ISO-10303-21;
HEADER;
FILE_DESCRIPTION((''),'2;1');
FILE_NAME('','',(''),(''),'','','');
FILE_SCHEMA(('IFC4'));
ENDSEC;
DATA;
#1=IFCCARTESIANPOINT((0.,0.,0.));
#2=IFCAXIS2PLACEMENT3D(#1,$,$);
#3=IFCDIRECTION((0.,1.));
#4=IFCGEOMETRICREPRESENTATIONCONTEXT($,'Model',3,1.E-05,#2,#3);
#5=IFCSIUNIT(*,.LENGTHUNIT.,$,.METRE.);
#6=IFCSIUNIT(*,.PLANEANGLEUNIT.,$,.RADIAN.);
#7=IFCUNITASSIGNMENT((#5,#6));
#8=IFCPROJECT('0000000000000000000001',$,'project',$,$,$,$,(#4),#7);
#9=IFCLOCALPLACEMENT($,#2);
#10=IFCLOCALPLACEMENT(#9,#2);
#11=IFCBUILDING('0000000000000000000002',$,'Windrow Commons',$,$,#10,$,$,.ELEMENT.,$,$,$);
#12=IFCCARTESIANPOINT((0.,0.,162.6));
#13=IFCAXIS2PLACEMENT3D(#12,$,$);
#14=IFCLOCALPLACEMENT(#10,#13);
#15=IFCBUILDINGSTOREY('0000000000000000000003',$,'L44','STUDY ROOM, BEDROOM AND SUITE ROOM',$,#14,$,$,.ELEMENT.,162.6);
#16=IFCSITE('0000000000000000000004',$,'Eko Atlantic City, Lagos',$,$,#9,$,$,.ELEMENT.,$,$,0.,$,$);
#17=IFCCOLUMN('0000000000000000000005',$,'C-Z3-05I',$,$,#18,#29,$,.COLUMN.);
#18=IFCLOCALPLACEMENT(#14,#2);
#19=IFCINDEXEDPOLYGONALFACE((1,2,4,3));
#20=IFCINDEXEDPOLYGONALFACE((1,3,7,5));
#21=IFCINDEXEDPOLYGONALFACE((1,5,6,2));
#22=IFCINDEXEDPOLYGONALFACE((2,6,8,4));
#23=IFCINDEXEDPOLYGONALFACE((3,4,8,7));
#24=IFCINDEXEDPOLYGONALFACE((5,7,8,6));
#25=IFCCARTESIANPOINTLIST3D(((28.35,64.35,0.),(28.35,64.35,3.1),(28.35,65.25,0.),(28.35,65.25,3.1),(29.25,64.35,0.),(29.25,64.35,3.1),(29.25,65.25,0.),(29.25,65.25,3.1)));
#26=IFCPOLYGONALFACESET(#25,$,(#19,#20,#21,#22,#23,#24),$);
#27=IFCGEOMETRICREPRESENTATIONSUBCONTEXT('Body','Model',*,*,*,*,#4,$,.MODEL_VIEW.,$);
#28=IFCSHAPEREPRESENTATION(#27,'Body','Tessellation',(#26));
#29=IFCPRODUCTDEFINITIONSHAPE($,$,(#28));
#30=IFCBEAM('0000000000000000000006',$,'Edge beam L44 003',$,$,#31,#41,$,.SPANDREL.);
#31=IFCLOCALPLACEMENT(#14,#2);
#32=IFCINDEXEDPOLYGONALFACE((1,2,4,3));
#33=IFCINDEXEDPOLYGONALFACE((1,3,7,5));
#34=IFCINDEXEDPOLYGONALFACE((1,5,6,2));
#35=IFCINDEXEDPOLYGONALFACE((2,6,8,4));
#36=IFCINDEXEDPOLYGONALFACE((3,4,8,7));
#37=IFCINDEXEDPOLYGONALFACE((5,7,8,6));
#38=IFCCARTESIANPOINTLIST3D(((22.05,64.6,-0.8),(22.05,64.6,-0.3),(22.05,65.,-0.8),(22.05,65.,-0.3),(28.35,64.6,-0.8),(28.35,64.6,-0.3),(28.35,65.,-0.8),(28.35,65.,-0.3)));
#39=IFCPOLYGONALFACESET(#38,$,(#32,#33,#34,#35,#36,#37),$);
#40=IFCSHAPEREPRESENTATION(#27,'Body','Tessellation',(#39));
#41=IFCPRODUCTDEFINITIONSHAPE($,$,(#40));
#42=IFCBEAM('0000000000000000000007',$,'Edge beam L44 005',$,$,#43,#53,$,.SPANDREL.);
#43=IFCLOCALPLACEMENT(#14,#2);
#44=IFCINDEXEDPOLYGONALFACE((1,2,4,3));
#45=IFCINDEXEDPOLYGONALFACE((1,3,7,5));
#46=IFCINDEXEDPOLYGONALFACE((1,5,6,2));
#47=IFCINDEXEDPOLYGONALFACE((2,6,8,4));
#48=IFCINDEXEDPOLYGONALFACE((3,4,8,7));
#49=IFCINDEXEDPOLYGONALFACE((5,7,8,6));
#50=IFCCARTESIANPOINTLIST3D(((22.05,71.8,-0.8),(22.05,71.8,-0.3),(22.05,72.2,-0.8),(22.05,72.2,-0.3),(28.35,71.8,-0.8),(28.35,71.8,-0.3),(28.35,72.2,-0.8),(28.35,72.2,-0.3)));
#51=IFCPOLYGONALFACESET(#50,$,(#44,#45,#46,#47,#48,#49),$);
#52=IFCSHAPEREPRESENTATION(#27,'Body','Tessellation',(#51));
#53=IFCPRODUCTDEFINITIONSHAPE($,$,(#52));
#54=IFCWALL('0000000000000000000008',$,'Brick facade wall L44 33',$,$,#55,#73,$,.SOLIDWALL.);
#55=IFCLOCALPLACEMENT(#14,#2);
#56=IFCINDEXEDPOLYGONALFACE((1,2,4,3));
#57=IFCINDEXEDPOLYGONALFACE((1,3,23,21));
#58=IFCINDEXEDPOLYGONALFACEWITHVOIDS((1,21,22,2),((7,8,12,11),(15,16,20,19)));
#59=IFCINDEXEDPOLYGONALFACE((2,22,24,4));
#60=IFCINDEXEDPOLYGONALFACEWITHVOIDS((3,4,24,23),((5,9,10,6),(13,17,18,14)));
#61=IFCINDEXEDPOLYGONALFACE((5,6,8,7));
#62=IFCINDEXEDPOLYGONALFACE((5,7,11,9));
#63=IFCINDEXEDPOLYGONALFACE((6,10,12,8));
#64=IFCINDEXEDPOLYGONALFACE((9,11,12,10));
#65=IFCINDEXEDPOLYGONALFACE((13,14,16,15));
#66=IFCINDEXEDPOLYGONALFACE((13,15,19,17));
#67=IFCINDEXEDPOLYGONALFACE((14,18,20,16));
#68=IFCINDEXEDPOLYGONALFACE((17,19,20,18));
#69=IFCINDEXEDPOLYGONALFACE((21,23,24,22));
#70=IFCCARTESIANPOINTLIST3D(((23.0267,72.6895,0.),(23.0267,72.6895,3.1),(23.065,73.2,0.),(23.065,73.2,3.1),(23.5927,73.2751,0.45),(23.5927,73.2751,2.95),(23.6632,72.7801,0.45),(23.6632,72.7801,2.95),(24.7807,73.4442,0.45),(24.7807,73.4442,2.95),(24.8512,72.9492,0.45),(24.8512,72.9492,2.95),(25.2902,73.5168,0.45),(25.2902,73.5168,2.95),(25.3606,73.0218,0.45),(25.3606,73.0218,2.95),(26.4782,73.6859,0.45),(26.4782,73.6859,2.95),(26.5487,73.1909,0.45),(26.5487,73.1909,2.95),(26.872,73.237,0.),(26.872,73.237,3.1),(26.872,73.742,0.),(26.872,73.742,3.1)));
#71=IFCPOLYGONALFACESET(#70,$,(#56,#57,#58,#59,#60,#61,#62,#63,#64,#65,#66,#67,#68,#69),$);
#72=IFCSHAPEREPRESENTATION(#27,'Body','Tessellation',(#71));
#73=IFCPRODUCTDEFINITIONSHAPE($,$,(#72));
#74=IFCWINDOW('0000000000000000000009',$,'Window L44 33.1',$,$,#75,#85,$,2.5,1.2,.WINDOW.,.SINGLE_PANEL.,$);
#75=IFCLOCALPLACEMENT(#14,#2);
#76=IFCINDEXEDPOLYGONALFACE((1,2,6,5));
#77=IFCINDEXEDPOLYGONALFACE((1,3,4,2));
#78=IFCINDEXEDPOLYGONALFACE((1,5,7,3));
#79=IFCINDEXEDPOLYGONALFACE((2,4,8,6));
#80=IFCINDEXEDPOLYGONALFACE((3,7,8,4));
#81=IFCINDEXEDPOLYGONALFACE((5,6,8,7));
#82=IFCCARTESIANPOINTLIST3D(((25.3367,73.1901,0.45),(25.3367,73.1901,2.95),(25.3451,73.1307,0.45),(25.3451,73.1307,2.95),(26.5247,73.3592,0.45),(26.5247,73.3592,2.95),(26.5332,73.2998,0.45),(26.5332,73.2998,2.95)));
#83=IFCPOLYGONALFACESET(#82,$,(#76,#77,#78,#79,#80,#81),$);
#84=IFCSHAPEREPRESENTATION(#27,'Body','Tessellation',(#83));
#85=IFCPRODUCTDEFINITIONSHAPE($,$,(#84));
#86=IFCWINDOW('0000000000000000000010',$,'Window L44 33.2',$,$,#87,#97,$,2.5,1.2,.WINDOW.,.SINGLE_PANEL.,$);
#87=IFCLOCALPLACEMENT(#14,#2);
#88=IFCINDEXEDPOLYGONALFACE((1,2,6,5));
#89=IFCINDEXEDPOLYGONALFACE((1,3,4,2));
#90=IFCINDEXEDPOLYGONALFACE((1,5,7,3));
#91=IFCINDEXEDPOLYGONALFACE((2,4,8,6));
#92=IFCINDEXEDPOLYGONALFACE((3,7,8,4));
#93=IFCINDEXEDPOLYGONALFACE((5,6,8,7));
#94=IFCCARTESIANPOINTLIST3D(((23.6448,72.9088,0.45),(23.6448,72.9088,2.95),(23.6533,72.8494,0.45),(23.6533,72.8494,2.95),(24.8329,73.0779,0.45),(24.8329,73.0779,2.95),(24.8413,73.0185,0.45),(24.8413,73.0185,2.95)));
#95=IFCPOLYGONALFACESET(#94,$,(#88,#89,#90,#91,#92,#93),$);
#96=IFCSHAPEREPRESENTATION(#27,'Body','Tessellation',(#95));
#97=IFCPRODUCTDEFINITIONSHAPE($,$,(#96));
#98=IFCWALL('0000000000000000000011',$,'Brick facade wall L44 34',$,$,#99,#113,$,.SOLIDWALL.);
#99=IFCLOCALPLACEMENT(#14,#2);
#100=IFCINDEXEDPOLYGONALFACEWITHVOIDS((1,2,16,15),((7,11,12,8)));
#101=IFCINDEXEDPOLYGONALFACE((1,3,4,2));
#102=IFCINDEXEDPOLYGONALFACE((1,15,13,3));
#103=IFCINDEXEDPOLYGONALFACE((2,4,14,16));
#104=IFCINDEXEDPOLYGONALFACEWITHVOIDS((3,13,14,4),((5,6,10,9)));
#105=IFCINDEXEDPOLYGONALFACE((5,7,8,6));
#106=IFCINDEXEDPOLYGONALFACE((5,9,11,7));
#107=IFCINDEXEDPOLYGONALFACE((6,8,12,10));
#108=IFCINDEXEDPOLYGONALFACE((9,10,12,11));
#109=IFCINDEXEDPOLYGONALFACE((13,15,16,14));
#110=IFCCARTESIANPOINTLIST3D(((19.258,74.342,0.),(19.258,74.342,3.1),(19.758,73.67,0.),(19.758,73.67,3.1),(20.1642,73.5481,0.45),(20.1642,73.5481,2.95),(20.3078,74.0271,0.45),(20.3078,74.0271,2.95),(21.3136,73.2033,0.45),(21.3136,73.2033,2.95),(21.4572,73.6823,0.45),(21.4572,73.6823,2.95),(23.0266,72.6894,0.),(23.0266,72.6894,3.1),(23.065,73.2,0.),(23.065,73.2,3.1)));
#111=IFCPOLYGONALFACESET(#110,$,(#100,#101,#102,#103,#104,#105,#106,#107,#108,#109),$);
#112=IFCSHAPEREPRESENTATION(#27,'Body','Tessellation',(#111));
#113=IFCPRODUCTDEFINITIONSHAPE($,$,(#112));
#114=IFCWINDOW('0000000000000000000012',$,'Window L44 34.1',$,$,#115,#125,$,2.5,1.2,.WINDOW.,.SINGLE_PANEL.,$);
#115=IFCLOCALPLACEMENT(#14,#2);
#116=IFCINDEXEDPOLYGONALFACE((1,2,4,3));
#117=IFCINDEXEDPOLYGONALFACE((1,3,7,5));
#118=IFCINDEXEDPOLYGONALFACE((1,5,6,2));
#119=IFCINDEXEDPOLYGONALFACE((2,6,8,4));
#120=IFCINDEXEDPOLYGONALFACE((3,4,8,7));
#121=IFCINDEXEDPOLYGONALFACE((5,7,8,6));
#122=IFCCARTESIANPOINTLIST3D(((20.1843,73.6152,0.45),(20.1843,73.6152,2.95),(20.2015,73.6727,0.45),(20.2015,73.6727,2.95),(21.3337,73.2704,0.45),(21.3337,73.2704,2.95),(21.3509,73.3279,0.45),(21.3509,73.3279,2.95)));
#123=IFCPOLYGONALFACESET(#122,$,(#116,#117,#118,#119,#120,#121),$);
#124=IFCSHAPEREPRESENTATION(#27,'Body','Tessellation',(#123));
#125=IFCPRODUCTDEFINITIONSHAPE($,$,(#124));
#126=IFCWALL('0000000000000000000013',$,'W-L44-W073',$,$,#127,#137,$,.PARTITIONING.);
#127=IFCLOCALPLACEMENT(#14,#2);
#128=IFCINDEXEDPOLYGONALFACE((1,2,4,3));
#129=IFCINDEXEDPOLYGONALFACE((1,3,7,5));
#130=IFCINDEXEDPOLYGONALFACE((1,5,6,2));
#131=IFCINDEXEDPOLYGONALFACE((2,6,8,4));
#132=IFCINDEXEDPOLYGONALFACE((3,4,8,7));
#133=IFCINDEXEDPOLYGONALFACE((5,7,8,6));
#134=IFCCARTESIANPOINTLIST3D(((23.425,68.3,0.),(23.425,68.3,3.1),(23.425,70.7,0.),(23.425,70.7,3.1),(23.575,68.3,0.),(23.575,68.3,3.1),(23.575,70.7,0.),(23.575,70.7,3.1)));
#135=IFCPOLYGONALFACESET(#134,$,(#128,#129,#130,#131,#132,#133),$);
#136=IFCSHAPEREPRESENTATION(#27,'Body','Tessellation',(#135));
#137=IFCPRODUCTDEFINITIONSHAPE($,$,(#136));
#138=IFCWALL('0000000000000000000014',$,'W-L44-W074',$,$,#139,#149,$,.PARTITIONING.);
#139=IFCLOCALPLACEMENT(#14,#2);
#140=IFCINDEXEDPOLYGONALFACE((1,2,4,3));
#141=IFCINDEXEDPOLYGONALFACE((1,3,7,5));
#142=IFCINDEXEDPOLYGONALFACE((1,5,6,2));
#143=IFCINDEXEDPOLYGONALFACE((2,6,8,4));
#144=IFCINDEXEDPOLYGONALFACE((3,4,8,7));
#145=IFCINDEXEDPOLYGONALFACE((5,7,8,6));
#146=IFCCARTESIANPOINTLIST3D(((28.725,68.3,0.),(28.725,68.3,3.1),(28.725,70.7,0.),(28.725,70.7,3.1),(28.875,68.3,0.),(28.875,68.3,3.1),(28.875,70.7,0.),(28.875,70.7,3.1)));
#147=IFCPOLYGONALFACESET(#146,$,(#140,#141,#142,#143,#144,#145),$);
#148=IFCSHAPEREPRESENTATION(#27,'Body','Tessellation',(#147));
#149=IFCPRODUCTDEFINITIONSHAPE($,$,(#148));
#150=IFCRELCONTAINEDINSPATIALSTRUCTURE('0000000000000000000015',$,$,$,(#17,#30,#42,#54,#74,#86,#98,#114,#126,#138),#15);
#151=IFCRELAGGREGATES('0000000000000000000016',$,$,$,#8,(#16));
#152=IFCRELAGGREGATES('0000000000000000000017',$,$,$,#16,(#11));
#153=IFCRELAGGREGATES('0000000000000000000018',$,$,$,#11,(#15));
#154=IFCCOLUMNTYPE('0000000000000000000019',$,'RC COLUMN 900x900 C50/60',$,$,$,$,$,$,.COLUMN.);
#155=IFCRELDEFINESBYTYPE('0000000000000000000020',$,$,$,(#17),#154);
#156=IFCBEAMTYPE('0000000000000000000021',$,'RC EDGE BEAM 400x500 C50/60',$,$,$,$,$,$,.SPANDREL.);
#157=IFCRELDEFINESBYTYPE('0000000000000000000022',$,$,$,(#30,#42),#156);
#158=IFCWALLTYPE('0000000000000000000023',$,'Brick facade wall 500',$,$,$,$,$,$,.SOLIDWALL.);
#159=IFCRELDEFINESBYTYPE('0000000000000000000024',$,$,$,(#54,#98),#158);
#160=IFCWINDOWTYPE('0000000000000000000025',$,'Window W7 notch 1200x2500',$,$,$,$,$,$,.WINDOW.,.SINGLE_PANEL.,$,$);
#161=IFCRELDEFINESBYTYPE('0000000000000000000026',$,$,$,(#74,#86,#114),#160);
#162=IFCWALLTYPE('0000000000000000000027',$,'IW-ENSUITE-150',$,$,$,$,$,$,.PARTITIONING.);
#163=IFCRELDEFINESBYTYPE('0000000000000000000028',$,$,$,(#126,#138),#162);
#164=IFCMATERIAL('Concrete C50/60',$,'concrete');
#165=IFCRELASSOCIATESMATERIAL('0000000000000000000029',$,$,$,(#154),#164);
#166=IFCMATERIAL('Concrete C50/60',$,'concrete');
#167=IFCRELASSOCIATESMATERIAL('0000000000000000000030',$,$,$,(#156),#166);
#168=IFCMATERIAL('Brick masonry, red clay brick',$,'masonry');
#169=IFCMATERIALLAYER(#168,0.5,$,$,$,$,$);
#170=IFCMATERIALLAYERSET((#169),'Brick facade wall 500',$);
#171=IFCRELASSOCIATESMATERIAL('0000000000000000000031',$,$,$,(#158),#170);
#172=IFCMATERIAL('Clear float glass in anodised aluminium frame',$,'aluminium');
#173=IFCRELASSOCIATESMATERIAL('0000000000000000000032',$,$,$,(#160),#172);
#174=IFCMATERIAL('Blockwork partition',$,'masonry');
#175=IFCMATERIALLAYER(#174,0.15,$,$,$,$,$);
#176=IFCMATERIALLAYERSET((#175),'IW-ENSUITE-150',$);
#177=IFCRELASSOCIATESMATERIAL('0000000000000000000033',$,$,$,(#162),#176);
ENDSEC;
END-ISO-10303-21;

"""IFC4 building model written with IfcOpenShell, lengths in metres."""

from ifc_helpers import new_model, si_unit, direction, frame, frame_2d, origin, origin_2d, place, context, subcontext, project, spatial, polyline, rectangle, outline, extrude, material, layer, layer_set, material_profile, profile_set, type_object, element, fill, save


model = new_model("IFC4")

# Units and contexts
model_context = context("Model", 3, precision=1e-05, world=origin(), true_north=direction((0.0, 1.0)))
body_context = subcontext(model_context, "Body", "Model", "MODEL_VIEW")
ifc_project = project(units=[si_unit("LENGTHUNIT", "METRE"), si_unit("PLANEANGLEUNIT", "RADIAN")], contexts=[model_context])

# Site, building, storey
site_placement = place(None, origin())
site = spatial("IfcSite", under=ifc_project, at=site_placement, Name="Eko Atlantic City, Lagos", CompositionType="ELEMENT", RefElevation=0.0)
building_placement = place(site_placement, origin())
building = spatial("IfcBuilding", under=site, at=building_placement, Name="Windrow Commons", CompositionType="ELEMENT")
storey_placement = place(building_placement, frame((0.0, 0.0, 162.6)))
storey = spatial("IfcBuildingStorey", under=building, at=storey_placement, Name="L44", Description="STUDY ROOM, BEDROOM AND SUITE ROOM", CompositionType="ELEMENT", Elevation=162.6)

# Column
ifc_material_1 = material(Name="Concrete C50/60", Category="concrete")
ifc_material_profile_1 = material_profile(ifc_material_1, rectangle(XDim=0.9, YDim=0.9, at=origin_2d()))
ifc_profile_set_1 = profile_set([ifc_material_profile_1], Name="Concrete C50/60")
column_type = type_object("IfcColumnType", Name="RC COLUMN 900x900 C50/60", PredefinedType="COLUMN", material=ifc_profile_set_1)
column_placement = place(storey_placement, frame((28.8, 64.8, 0.0), z_axis=(0.0, 0.0, 1.0), x_axis=(1.0, 0.0, 0.0)))
element("IfcColumn", 1, at=column_placement, inside=storey, type_object=column_type, Name="C-Z3-05I", PredefinedType="COLUMN", context=body_context, shape_type="SweptSolid", body=[
    extrude(rectangle(XDim=0.9, YDim=0.9, at=origin_2d()), origin(), (0.0, 0.0, 1.0), 3.1),
])

# Beams
ifc_material_2 = material(Name="Concrete C50/60", Category="concrete")
ifc_material_profile_2 = material_profile(ifc_material_2, rectangle(XDim=0.4, YDim=0.5, at=origin_2d()))
ifc_profile_set_2 = profile_set([ifc_material_profile_2], Name="Concrete C50/60")
beam_type = type_object("IfcBeamType", Name="RC EDGE BEAM 400x500 C50/60", PredefinedType="SPANDREL", material=ifc_profile_set_2)
for number, where, z_axis, x_axis, name in (
    (2, (28.35, 64.8, -0.55), (-1.0, 0.0, 0.0), (0.0, -1.0, 0.0), "Edge beam L44 003"),
    (3, (22.05, 72.0, -0.55), (1.0, 0.0, 0.0), (0.0, 1.0, 0.0), "Edge beam L44 005"),
):
    element("IfcBeam", number, at=place(storey_placement, frame(where, z_axis=z_axis, x_axis=x_axis)), inside=storey, type_object=beam_type, Name=name, PredefinedType="SPANDREL", context=body_context, shape_type="SweptSolid", body=[
        extrude(rectangle(XDim=0.4, YDim=0.5, at=origin_2d()), origin(), (0.0, 0.0, 1.0), 6.3),
    ])

# Wall, openings, windows
ifc_material_3 = material(Name="Brick masonry, red clay brick", Category="masonry")
ifc_layer_1 = layer(ifc_material_3, 0.5)
ifc_layer_set_1 = layer_set([ifc_layer_1], Name="Brick facade wall 500")
wall_type_1 = type_object("IfcWallType", Name="Brick facade wall 500", PredefinedType="SOLIDWALL", material=ifc_layer_set_1)
wall_1_placement = place(storey_placement, frame((26.872, 73.4895, 0.0), z_axis=(0.0, 0.0, 1.0), x_axis=(-0.990015, -0.140965, 0.0)))
wall_1 = element("IfcWall", 4, at=wall_1_placement, inside=storey, type_object=wall_type_1, Name="Brick facade wall L44 33", PredefinedType="SOLIDWALL", context=body_context, shape_type="SweptSolid", body=[
    extrude(outline(polyline([(-0.0356, -0.25), (3.8098, -0.25), (3.9197, 0.25), (0.0356, 0.25), (-0.0356, -0.25)])), origin(), (0.0, 0.0, 1.0), 3.1),
])
opening_1_placement = place(wall_1_placement, frame((0.3622, 0.0, 0.45)))
opening_1 = element("IfcOpeningElement", 5, at=opening_1_placement, cuts=wall_1, PredefinedType="OPENING", context=body_context, shape_type="SweptSolid", body=[
    extrude(rectangle(XDim=1.2, YDim=2.5, at=frame_2d((0.6, 1.25))), frame((0.0, 0.26, 0.0), z_axis=(0.0, -1.0, 0.0), x_axis=(1.0, 0.0, 0.0)), (0.0, 0.0, 1.0), 0.52),
])
opening_2_placement = place(wall_1_placement, frame((2.0768, 0.0, 0.45)))
opening_2 = element("IfcOpeningElement", 6, at=opening_2_placement, cuts=wall_1, PredefinedType="OPENING", context=body_context, shape_type="SweptSolid", body=[
    extrude(rectangle(XDim=1.2, YDim=2.5, at=frame_2d((0.6, 1.25))), frame((0.0, 0.26, 0.0), z_axis=(0.0, -1.0, 0.0), x_axis=(1.0, 0.0, 0.0)), (0.0, 0.0, 1.0), 0.52),
])
ifc_material_4 = material(Name="Clear float glass in anodised aluminium frame", Category="aluminium")
window_type = type_object("IfcWindowType", Name="Window W7 notch 1200x2500", PartitioningType="SINGLE_PANEL", PredefinedType="WINDOW", material=ifc_material_4)
window_1_placement = place(opening_1_placement, origin())
window_1 = element("IfcWindow", 7, at=window_1_placement, inside=storey, type_object=window_type, Name="Window L44 33.1", OverallHeight=2.5, OverallWidth=1.2, PartitioningType="SINGLE_PANEL", PredefinedType="WINDOW", context=body_context, shape_type="SweptSolid", body=[
    extrude(rectangle(XDim=1.2, YDim=2.5, at=frame_2d((0.6, 1.25))), frame((0.0, 0.14, 0.0), z_axis=(0.0, -1.0, 0.0), x_axis=(1.0, 0.0, 0.0)), (0.0, 0.0, 1.0), 0.06),
])
fill(opening_1, window_1)
window_2_placement = place(opening_2_placement, origin())
window_2 = element("IfcWindow", 8, at=window_2_placement, inside=storey, type_object=window_type, Name="Window L44 33.2", OverallHeight=2.5, OverallWidth=1.2, PartitioningType="SINGLE_PANEL", PredefinedType="WINDOW", context=body_context, shape_type="SweptSolid", body=[
    extrude(rectangle(XDim=1.2, YDim=2.5, at=frame_2d((0.6, 1.25))), frame((0.0, 0.18, 0.0), z_axis=(0.0, -1.0, 0.0), x_axis=(1.0, 0.0, 0.0)), (0.0, 0.0, 1.0), 0.06),
])
fill(opening_2, window_2)

# Wall, opening, window
wall_2_placement = place(storey_placement, frame((23.0458, 72.9447, 0.0), z_axis=(0.0, 0.0, 1.0), x_axis=(-0.957829, 0.287338, 0.0)))
wall_2 = element("IfcWall", 9, at=wall_2_placement, inside=storey, type_object=wall_type_1, Name="Brick facade wall L44 34", PredefinedType="SOLIDWALL", context=body_context, shape_type="SweptSolid", body=[
    extrude(outline(polyline([(0.055, -0.25), (4.0296, -0.25), (3.3576, 0.25), (-0.055, 0.25), (0.055, -0.25)])), origin(), (0.0, 0.0, 1.0), 3.1),
])
opening_3_placement = place(wall_2_placement, frame((1.7335, 0.0, 0.45)))
opening_3 = element("IfcOpeningElement", 10, at=opening_3_placement, cuts=wall_2, PredefinedType="OPENING", context=body_context, shape_type="SweptSolid", body=[
    extrude(rectangle(XDim=1.2, YDim=2.5, at=frame_2d((0.6, 1.25))), frame((0.0, 0.26, 0.0), z_axis=(0.0, -1.0, 0.0), x_axis=(1.0, 0.0, 0.0)), (0.0, 0.0, 1.0), 0.52),
])
window_3_placement = place(opening_3_placement, origin())
window_3 = element("IfcWindow", 11, at=window_3_placement, inside=storey, type_object=window_type, Name="Window L44 34.1", OverallHeight=2.5, OverallWidth=1.2, PartitioningType="SINGLE_PANEL", PredefinedType="WINDOW", context=body_context, shape_type="SweptSolid", body=[
    extrude(rectangle(XDim=1.2, YDim=2.5, at=frame_2d((0.6, 1.25))), frame((0.0, 0.18, 0.0), z_axis=(0.0, -1.0, 0.0), x_axis=(1.0, 0.0, 0.0)), (0.0, 0.0, 1.0), 0.06),
])
fill(opening_3, window_3)

# Walls
ifc_material_5 = material(Name="Blockwork partition", Category="masonry")
ifc_layer_2 = layer(ifc_material_5, 0.15)
ifc_layer_set_2 = layer_set([ifc_layer_2], Name="IW-ENSUITE-150")
wall_type_2 = type_object("IfcWallType", Name="IW-ENSUITE-150", PredefinedType="PARTITIONING", material=ifc_layer_set_2)
for number, where, z_axis, x_axis, name in (
    (12, (23.5, 68.3, 0.0), (0.0, 0.0, 1.0), (0.0, 1.0, 0.0), "W-L44-W073"),
    (13, (28.8, 68.3, 0.0), (0.0, 0.0, 1.0), (0.0, 1.0, 0.0), "W-L44-W074"),
):
    element("IfcWall", number, at=place(storey_placement, frame(where, z_axis=z_axis, x_axis=x_axis)), inside=storey, type_object=wall_type_2, Name=name, PredefinedType="PARTITIONING", context=body_context, shape_type="SweptSolid", body=[
        extrude(rectangle(XDim=2.4, YDim=0.15, at=frame_2d((1.2, 0.0))), origin(), (0.0, 0.0, 1.0), 3.1),
    ])

save(model, "model.ifc")
